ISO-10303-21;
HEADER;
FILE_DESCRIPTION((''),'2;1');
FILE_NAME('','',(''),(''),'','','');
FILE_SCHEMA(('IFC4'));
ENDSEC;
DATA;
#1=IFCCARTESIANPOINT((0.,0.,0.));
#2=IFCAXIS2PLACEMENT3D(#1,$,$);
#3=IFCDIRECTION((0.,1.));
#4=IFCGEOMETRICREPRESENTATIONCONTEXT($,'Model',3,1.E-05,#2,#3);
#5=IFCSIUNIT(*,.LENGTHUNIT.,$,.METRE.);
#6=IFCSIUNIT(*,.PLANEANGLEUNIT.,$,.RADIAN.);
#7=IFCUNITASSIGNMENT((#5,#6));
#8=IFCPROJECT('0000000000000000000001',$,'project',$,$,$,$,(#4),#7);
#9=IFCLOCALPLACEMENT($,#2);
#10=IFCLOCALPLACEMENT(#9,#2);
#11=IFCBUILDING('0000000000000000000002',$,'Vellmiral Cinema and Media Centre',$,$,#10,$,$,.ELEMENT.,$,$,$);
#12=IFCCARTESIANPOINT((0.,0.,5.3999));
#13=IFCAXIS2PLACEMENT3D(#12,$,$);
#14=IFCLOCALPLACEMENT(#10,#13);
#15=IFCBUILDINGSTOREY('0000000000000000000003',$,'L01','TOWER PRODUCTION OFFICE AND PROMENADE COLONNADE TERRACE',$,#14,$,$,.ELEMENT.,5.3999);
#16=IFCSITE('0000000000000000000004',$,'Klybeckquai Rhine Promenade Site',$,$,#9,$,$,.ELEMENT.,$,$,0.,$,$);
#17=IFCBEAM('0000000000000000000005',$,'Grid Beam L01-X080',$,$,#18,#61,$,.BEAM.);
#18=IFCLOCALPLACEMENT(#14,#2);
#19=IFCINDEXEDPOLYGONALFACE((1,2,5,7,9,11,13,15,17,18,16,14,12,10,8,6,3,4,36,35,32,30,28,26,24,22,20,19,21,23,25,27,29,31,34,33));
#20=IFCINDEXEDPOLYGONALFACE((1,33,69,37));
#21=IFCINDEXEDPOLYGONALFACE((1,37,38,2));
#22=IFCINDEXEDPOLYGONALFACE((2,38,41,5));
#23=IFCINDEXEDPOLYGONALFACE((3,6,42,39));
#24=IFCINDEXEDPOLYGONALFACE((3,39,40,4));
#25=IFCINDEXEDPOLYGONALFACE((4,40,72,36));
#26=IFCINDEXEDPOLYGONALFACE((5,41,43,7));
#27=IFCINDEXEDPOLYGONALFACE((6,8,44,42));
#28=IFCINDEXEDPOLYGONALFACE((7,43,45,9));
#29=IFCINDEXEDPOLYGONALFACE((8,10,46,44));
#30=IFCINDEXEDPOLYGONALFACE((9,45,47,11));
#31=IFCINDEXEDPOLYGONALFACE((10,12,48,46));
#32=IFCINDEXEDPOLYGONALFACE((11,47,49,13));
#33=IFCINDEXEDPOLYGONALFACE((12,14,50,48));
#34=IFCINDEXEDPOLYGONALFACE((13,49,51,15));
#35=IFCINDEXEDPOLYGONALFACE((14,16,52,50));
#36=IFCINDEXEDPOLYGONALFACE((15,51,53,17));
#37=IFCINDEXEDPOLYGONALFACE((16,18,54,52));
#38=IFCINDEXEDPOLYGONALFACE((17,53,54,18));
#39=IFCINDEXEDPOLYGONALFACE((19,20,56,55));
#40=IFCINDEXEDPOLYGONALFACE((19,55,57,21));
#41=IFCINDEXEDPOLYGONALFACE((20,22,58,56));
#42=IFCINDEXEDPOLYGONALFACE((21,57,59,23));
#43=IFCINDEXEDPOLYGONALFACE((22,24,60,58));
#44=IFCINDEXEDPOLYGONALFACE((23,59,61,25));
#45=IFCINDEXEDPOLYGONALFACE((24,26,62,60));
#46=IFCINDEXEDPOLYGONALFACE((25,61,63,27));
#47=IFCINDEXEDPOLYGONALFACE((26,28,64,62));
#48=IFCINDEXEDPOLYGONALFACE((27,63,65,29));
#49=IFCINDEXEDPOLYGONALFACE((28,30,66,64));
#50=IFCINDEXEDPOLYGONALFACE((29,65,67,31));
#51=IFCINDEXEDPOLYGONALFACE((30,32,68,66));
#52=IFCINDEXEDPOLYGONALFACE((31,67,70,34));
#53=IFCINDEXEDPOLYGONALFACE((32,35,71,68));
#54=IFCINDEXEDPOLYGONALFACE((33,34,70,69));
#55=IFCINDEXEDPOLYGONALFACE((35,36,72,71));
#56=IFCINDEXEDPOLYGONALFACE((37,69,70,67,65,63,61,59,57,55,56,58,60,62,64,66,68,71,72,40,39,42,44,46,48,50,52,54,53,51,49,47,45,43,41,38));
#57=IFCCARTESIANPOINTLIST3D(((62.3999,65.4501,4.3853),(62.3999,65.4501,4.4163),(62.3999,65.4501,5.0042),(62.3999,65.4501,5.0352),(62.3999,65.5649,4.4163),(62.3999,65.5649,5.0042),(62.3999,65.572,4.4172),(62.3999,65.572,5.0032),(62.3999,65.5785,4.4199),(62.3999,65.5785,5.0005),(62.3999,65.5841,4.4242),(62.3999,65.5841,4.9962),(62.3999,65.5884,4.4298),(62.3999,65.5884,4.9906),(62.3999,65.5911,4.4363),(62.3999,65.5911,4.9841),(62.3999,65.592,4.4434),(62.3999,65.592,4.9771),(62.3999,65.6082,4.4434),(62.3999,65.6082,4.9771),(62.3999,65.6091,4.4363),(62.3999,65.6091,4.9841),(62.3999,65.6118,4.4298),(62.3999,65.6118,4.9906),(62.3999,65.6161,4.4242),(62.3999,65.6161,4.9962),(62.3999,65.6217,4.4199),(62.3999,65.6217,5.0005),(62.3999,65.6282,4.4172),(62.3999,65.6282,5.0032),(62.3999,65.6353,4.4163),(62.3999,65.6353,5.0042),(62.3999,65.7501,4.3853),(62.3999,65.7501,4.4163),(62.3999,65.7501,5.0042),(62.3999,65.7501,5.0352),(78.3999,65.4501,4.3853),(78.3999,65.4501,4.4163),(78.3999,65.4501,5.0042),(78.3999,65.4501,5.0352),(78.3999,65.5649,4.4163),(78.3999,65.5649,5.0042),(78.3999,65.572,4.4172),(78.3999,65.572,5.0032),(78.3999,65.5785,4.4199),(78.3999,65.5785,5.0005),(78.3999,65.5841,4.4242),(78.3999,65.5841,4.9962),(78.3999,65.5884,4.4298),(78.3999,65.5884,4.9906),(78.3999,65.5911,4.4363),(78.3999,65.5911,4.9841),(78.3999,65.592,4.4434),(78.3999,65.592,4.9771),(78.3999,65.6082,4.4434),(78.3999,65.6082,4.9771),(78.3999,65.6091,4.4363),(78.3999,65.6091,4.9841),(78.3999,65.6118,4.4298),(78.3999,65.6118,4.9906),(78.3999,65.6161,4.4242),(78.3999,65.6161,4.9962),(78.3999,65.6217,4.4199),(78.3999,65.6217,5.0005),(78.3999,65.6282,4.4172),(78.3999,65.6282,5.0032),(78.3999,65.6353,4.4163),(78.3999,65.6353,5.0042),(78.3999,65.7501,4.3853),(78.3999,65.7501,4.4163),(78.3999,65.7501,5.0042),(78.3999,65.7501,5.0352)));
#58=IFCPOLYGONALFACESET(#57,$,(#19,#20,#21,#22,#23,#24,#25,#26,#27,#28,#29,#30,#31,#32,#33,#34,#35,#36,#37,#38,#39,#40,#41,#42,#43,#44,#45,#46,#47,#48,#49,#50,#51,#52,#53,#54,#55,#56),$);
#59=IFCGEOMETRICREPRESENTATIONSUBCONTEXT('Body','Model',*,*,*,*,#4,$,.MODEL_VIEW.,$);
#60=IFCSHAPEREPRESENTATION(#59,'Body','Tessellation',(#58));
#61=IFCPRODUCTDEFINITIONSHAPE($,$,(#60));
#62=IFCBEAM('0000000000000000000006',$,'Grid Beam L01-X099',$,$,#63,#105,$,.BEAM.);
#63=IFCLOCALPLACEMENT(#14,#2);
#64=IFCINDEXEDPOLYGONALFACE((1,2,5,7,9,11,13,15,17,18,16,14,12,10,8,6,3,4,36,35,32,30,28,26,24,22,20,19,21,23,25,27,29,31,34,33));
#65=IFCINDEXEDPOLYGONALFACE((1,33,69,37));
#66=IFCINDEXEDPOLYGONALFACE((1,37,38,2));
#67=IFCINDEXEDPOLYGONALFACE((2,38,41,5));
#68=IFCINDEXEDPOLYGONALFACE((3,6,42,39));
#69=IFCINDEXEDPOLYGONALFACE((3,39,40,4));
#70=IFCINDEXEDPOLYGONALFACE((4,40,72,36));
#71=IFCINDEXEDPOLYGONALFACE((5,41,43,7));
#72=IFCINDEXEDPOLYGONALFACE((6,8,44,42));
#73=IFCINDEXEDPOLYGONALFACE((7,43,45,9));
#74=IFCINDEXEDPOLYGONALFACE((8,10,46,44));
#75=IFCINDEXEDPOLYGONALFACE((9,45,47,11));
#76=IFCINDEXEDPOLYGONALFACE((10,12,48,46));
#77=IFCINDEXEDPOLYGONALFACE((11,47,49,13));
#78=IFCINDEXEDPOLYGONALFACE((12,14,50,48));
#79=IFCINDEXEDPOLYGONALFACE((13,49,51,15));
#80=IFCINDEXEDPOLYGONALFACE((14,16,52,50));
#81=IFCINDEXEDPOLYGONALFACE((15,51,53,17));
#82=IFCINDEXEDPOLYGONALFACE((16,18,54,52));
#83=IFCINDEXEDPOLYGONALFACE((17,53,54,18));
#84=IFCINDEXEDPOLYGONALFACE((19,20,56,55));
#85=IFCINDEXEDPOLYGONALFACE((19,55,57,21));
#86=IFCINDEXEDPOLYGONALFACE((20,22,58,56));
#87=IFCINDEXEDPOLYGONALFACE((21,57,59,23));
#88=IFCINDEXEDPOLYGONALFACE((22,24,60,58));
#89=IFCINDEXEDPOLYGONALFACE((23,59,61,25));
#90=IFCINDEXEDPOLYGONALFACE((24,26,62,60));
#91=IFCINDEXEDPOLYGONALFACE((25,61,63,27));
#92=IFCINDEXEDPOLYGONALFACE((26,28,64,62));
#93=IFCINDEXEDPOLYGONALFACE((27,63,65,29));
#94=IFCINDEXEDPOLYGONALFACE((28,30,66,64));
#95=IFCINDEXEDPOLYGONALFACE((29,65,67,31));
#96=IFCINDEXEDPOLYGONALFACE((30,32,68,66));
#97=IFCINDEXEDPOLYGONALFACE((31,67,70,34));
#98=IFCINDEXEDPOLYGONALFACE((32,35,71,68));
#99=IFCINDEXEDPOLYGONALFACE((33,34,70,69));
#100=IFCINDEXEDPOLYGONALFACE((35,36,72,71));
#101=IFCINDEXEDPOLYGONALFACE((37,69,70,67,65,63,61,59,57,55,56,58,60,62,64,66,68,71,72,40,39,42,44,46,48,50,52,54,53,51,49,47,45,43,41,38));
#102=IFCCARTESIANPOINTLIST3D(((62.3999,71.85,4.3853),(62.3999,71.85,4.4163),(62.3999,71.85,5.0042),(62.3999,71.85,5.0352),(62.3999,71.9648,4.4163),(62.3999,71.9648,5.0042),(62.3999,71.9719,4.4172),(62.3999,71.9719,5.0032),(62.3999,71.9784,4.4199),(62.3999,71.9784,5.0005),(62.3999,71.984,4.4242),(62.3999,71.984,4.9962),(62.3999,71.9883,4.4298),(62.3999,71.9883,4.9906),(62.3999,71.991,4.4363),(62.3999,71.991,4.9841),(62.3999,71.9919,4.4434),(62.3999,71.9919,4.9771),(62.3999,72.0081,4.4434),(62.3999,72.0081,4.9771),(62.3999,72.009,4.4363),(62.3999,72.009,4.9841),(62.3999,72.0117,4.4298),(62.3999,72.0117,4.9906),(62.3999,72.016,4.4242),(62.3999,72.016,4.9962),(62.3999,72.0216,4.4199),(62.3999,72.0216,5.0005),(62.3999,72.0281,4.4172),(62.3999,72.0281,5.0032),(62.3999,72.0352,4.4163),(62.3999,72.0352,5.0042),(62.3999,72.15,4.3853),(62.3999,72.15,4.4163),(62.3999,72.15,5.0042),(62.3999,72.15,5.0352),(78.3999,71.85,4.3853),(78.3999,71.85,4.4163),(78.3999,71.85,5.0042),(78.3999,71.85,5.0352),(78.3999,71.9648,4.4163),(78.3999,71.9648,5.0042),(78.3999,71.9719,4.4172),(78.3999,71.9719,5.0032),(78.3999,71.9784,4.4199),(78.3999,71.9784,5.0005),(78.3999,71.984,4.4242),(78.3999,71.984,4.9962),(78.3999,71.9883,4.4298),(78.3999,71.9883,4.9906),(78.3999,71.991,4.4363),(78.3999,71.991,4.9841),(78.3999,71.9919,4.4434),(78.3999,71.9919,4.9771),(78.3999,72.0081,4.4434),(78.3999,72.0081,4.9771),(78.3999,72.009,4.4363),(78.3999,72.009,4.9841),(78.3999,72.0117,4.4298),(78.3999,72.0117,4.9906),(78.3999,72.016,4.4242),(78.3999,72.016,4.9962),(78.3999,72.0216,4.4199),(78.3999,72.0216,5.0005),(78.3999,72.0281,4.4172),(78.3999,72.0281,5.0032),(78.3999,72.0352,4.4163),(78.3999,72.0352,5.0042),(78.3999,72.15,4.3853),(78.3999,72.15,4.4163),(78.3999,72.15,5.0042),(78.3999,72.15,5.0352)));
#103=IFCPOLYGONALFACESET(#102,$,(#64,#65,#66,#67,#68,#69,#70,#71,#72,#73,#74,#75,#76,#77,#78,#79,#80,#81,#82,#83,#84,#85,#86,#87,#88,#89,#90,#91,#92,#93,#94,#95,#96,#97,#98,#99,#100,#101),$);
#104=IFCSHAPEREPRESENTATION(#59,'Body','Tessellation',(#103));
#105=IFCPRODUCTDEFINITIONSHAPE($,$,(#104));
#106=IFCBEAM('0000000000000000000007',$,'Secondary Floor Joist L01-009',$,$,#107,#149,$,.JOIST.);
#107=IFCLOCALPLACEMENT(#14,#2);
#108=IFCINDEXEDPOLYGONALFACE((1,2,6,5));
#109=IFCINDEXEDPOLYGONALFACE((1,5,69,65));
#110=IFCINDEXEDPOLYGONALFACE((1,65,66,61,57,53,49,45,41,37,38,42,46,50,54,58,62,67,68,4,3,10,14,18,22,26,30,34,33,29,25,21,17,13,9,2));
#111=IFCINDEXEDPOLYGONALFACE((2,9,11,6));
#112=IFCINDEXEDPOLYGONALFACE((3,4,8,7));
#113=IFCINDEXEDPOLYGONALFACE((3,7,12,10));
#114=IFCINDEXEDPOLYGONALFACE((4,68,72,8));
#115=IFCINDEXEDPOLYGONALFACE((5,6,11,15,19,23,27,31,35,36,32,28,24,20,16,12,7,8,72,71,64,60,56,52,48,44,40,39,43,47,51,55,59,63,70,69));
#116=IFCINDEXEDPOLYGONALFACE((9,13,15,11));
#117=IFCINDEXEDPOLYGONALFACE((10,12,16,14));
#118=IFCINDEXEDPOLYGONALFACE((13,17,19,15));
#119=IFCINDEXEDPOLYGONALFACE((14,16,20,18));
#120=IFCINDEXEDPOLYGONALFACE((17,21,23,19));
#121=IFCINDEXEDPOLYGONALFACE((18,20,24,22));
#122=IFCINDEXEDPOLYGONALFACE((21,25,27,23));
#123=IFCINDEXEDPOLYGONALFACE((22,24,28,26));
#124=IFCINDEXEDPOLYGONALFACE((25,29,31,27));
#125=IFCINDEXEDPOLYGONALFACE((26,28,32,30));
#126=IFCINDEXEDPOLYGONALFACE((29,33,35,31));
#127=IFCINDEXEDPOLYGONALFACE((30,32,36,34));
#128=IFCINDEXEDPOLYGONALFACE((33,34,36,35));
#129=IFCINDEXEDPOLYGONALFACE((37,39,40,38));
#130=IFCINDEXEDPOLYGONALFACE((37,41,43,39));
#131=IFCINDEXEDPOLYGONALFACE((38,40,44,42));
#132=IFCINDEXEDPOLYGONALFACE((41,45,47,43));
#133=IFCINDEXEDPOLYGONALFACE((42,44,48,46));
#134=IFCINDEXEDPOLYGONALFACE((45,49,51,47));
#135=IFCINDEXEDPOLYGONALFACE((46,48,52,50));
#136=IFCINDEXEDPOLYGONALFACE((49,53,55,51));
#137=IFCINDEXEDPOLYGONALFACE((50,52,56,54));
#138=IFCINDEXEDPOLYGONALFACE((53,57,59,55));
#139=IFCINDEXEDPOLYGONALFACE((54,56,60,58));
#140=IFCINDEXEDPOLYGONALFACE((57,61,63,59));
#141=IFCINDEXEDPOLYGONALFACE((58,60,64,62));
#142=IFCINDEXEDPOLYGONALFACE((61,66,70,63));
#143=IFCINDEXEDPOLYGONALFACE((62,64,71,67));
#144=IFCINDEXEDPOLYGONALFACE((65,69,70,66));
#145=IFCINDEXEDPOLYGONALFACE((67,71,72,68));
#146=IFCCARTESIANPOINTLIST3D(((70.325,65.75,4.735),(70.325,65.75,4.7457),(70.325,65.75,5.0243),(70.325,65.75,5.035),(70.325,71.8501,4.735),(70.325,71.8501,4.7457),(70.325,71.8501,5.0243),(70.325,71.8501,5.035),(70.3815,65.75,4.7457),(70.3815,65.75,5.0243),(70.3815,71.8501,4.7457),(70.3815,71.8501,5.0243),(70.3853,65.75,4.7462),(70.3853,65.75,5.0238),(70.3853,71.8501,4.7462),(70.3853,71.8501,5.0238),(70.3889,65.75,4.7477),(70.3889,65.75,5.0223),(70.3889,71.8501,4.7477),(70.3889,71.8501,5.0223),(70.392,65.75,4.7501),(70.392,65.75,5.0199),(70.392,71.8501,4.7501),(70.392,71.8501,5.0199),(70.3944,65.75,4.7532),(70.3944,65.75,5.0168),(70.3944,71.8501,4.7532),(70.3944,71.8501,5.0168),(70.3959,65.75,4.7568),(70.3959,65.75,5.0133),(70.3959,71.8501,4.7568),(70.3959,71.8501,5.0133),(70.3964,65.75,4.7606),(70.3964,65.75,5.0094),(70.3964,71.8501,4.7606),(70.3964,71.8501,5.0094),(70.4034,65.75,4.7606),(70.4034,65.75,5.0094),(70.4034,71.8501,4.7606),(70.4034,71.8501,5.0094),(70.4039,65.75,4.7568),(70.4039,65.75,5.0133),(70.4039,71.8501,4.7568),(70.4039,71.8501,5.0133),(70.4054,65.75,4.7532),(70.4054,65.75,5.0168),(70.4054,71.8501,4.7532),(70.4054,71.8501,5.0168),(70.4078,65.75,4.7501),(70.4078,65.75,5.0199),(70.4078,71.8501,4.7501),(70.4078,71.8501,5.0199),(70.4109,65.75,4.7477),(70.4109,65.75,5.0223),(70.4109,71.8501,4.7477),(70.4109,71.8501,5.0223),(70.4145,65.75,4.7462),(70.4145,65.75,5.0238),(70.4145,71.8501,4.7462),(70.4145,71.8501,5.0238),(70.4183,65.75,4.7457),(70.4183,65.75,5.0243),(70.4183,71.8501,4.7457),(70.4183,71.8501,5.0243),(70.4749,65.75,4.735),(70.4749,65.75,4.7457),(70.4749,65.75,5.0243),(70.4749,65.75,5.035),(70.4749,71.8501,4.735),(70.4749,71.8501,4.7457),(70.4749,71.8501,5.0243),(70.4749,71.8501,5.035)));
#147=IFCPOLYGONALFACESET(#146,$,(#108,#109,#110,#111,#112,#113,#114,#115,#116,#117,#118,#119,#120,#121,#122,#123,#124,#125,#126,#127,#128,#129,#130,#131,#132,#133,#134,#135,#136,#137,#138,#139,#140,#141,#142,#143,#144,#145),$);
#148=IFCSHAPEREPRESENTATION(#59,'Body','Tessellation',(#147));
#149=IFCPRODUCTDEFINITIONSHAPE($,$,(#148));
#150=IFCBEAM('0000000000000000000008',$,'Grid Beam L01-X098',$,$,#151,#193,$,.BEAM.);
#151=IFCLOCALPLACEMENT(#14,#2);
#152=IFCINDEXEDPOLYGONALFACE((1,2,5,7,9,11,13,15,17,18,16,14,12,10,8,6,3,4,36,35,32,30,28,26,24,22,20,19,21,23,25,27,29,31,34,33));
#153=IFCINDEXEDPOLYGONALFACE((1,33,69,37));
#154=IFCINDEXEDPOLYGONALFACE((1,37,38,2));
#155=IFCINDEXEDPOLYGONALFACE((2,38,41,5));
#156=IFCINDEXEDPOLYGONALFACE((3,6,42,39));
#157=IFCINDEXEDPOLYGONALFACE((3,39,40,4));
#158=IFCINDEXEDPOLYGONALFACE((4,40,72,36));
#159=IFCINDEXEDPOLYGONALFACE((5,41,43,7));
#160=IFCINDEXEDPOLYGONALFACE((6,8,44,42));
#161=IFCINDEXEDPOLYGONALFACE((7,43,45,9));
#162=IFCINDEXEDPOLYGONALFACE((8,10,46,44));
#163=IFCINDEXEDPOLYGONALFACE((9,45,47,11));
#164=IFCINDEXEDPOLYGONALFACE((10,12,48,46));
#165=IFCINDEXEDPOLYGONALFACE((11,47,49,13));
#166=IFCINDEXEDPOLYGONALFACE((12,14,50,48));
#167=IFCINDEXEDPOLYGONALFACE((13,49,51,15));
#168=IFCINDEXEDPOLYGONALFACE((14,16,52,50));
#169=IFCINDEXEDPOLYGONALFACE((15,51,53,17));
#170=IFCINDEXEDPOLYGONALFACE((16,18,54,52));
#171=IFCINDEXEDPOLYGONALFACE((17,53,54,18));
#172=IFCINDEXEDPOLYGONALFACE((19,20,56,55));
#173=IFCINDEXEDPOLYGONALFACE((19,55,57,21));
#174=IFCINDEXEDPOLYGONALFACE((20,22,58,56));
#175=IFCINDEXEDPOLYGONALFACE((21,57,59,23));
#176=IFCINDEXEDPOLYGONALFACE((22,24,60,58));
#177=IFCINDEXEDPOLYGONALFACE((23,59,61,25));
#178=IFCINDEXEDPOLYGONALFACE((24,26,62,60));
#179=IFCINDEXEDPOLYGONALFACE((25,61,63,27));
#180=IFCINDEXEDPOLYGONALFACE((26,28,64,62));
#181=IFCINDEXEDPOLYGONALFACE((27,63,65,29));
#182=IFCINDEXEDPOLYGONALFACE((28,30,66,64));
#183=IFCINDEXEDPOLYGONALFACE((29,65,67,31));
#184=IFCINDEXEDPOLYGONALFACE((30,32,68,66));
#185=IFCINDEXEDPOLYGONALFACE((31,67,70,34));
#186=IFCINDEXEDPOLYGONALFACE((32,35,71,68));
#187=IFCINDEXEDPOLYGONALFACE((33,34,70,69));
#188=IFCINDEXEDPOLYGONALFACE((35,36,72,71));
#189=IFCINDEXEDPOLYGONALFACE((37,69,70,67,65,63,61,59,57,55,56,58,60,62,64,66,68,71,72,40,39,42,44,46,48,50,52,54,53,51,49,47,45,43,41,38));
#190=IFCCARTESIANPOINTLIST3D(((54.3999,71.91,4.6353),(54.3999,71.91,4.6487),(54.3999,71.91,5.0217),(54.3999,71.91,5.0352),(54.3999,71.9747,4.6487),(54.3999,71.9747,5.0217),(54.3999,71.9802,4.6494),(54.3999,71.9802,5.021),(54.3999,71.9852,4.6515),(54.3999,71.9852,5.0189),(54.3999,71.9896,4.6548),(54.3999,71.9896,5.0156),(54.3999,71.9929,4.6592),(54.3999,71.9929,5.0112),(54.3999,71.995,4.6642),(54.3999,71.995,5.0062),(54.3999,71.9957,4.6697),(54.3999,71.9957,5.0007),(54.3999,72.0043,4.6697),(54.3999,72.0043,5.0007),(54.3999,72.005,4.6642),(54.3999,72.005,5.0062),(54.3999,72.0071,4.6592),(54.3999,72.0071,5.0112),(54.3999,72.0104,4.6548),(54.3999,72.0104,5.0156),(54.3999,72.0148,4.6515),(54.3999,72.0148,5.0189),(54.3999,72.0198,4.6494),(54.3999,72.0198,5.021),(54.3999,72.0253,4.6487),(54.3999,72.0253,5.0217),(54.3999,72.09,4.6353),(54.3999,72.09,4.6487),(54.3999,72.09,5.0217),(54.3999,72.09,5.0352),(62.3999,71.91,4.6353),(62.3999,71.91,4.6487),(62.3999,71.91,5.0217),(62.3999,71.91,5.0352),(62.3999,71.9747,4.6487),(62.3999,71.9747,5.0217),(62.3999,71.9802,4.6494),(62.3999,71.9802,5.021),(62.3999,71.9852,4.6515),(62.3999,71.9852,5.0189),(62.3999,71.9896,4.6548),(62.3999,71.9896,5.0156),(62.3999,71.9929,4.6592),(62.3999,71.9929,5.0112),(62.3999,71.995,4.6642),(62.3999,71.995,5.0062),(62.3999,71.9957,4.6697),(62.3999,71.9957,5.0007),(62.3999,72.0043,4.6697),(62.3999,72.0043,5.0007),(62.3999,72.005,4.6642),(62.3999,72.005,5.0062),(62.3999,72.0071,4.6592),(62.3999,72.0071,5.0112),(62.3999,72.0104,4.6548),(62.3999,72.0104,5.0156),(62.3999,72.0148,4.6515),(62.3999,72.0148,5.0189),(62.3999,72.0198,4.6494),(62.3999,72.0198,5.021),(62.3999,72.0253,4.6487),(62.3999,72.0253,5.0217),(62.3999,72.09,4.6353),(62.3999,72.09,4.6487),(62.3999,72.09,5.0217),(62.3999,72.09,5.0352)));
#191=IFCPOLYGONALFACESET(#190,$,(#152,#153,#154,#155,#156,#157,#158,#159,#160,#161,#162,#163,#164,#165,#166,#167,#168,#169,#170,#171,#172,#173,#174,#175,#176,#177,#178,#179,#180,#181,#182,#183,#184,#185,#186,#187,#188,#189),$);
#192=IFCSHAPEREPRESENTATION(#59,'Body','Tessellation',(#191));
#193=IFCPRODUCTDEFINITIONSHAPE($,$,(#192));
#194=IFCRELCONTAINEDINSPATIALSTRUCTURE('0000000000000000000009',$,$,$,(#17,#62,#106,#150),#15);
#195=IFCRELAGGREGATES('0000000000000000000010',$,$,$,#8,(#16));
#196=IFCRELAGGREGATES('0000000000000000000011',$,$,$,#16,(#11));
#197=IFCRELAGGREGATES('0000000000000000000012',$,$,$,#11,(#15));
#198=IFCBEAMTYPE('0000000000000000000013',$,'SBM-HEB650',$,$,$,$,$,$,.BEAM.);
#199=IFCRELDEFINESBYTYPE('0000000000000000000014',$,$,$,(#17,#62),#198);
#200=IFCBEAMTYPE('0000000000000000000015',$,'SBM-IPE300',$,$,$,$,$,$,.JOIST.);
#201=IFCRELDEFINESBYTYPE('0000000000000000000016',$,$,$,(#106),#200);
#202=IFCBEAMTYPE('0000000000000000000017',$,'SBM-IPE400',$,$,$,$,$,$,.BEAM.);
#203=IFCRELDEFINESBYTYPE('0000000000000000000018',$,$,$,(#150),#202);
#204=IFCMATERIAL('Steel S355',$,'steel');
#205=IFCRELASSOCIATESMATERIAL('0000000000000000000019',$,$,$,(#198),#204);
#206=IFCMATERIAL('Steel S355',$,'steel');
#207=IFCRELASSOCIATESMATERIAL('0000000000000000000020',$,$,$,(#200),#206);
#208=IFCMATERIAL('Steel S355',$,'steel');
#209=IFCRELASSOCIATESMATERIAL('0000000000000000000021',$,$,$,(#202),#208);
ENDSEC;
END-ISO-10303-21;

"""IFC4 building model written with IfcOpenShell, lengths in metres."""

from ifc_helpers import new_model, si_unit, direction, frame, origin, origin_2d, place, context, subcontext, project, spatial, i_section, extrude, material, material_profile, profile_set, type_object, element, save


model = new_model("IFC4")

# Units and contexts
model_context = context("Model", 3, precision=1e-05, world=origin(), true_north=direction((0.0, 1.0)))
body_context = subcontext(model_context, "Body", "Model", "MODEL_VIEW")
ifc_project = project(units=[si_unit("LENGTHUNIT", "METRE"), si_unit("PLANEANGLEUNIT", "RADIAN")], contexts=[model_context])

# Site, building, storey
site_placement = place(None, origin())
site = spatial("IfcSite", under=ifc_project, at=site_placement, Name="Klybeckquai Rhine Promenade Site", CompositionType="ELEMENT", RefElevation=0.0)
building_placement = place(site_placement, origin())
building = spatial("IfcBuilding", under=site, at=building_placement, Name="Vellmiral Cinema and Media Centre", CompositionType="ELEMENT")
storey_placement = place(building_placement, frame((0.0, 0.0, 5.3999)))
storey = spatial("IfcBuildingStorey", under=building, at=storey_placement, Name="L01", Description="TOWER PRODUCTION OFFICE AND PROMENADE COLONNADE TERRACE", CompositionType="ELEMENT", Elevation=5.3999)

# Beams
ifc_material_1 = material(Name="Steel S355", Category="steel")
ifc_material_profile_1 = material_profile(ifc_material_1, i_section(OverallWidth=0.3, OverallDepth=0.6499, WebThickness=0.0161, FlangeThickness=0.031, FilletRadius=0.0271, at=origin_2d()), Name="HEB 650")
ifc_profile_set_1 = profile_set([ifc_material_profile_1], Name="Steel S355")
beam_type_1 = type_object("IfcBeamType", Name="SBM-HEB650", PredefinedType="BEAM", material=ifc_profile_set_1)
for number, where, z_axis, x_axis, name in (
    (1, (62.3999, 65.6001, 4.7102), (1.0, 0.0, 0.0), (0.0, 1.0, 0.0), "Grid Beam L01-X080"),
    (2, (62.3999, 72.0, 4.7102), (1.0, 0.0, 0.0), (0.0, 1.0, 0.0), "Grid Beam L01-X099"),
):
    element("IfcBeam", number, at=place(storey_placement, frame(where, z_axis=z_axis, x_axis=x_axis)), inside=storey, type_object=beam_type_1, Name=name, PredefinedType="BEAM", context=body_context, shape_type="SweptSolid", body=[
        extrude(i_section(OverallWidth=0.3, OverallDepth=0.6499, WebThickness=0.0161, FlangeThickness=0.031, FilletRadius=0.0271, at=origin_2d()), origin(), (0.0, 0.0, 1.0), 16.0),
    ])
ifc_material_2 = material(Name="Steel S355", Category="steel")
ifc_material_profile_2 = material_profile(ifc_material_2, i_section(OverallWidth=0.1499, OverallDepth=0.3, WebThickness=0.0071, FlangeThickness=0.0107, FilletRadius=0.0149, at=origin_2d()), Name="IPE 300")
ifc_profile_set_2 = profile_set([ifc_material_profile_2], Name="Steel S355")
beam_type_2 = type_object("IfcBeamType", Name="SBM-IPE300", PredefinedType="JOIST", material=ifc_profile_set_2)
beam_1_placement = place(storey_placement, frame((70.3999, 65.75, 4.885), z_axis=(0.0, 1.0, 0.0), x_axis=(-1.0, 0.0, 0.0)))
element("IfcBeam", 3, at=beam_1_placement, inside=storey, type_object=beam_type_2, Name="Secondary Floor Joist L01-009", PredefinedType="JOIST", context=body_context, shape_type="SweptSolid", body=[
    extrude(i_section(OverallWidth=0.1499, OverallDepth=0.3, WebThickness=0.0071, FlangeThickness=0.0107, FilletRadius=0.0149, at=origin_2d()), origin(), (0.0, 0.0, 1.0), 6.1001),
])
ifc_material_3 = material(Name="Steel S355", Category="steel")
ifc_material_profile_3 = material_profile(ifc_material_3, i_section(OverallWidth=0.1799, OverallDepth=0.3999, WebThickness=0.0085, FlangeThickness=0.0134, FilletRadius=0.021, at=origin_2d()), Name="IPE 400")
ifc_profile_set_3 = profile_set([ifc_material_profile_3], Name="Steel S355")
beam_type_3 = type_object("IfcBeamType", Name="SBM-IPE400", PredefinedType="BEAM", material=ifc_profile_set_3)
beam_2_placement = place(storey_placement, frame((54.3999, 72.0, 4.8352), z_axis=(1.0, 0.0, 0.0), x_axis=(0.0, 1.0, 0.0)))
element("IfcBeam", 4, at=beam_2_placement, inside=storey, type_object=beam_type_3, Name="Grid Beam L01-X098", PredefinedType="BEAM", context=body_context, shape_type="SweptSolid", body=[
    extrude(i_section(OverallWidth=0.1799, OverallDepth=0.3999, WebThickness=0.0085, FlangeThickness=0.0134, FilletRadius=0.021, at=origin_2d()), origin(), (0.0, 0.0, 1.0), 8.0),
])

save(model, "model.ifc")
